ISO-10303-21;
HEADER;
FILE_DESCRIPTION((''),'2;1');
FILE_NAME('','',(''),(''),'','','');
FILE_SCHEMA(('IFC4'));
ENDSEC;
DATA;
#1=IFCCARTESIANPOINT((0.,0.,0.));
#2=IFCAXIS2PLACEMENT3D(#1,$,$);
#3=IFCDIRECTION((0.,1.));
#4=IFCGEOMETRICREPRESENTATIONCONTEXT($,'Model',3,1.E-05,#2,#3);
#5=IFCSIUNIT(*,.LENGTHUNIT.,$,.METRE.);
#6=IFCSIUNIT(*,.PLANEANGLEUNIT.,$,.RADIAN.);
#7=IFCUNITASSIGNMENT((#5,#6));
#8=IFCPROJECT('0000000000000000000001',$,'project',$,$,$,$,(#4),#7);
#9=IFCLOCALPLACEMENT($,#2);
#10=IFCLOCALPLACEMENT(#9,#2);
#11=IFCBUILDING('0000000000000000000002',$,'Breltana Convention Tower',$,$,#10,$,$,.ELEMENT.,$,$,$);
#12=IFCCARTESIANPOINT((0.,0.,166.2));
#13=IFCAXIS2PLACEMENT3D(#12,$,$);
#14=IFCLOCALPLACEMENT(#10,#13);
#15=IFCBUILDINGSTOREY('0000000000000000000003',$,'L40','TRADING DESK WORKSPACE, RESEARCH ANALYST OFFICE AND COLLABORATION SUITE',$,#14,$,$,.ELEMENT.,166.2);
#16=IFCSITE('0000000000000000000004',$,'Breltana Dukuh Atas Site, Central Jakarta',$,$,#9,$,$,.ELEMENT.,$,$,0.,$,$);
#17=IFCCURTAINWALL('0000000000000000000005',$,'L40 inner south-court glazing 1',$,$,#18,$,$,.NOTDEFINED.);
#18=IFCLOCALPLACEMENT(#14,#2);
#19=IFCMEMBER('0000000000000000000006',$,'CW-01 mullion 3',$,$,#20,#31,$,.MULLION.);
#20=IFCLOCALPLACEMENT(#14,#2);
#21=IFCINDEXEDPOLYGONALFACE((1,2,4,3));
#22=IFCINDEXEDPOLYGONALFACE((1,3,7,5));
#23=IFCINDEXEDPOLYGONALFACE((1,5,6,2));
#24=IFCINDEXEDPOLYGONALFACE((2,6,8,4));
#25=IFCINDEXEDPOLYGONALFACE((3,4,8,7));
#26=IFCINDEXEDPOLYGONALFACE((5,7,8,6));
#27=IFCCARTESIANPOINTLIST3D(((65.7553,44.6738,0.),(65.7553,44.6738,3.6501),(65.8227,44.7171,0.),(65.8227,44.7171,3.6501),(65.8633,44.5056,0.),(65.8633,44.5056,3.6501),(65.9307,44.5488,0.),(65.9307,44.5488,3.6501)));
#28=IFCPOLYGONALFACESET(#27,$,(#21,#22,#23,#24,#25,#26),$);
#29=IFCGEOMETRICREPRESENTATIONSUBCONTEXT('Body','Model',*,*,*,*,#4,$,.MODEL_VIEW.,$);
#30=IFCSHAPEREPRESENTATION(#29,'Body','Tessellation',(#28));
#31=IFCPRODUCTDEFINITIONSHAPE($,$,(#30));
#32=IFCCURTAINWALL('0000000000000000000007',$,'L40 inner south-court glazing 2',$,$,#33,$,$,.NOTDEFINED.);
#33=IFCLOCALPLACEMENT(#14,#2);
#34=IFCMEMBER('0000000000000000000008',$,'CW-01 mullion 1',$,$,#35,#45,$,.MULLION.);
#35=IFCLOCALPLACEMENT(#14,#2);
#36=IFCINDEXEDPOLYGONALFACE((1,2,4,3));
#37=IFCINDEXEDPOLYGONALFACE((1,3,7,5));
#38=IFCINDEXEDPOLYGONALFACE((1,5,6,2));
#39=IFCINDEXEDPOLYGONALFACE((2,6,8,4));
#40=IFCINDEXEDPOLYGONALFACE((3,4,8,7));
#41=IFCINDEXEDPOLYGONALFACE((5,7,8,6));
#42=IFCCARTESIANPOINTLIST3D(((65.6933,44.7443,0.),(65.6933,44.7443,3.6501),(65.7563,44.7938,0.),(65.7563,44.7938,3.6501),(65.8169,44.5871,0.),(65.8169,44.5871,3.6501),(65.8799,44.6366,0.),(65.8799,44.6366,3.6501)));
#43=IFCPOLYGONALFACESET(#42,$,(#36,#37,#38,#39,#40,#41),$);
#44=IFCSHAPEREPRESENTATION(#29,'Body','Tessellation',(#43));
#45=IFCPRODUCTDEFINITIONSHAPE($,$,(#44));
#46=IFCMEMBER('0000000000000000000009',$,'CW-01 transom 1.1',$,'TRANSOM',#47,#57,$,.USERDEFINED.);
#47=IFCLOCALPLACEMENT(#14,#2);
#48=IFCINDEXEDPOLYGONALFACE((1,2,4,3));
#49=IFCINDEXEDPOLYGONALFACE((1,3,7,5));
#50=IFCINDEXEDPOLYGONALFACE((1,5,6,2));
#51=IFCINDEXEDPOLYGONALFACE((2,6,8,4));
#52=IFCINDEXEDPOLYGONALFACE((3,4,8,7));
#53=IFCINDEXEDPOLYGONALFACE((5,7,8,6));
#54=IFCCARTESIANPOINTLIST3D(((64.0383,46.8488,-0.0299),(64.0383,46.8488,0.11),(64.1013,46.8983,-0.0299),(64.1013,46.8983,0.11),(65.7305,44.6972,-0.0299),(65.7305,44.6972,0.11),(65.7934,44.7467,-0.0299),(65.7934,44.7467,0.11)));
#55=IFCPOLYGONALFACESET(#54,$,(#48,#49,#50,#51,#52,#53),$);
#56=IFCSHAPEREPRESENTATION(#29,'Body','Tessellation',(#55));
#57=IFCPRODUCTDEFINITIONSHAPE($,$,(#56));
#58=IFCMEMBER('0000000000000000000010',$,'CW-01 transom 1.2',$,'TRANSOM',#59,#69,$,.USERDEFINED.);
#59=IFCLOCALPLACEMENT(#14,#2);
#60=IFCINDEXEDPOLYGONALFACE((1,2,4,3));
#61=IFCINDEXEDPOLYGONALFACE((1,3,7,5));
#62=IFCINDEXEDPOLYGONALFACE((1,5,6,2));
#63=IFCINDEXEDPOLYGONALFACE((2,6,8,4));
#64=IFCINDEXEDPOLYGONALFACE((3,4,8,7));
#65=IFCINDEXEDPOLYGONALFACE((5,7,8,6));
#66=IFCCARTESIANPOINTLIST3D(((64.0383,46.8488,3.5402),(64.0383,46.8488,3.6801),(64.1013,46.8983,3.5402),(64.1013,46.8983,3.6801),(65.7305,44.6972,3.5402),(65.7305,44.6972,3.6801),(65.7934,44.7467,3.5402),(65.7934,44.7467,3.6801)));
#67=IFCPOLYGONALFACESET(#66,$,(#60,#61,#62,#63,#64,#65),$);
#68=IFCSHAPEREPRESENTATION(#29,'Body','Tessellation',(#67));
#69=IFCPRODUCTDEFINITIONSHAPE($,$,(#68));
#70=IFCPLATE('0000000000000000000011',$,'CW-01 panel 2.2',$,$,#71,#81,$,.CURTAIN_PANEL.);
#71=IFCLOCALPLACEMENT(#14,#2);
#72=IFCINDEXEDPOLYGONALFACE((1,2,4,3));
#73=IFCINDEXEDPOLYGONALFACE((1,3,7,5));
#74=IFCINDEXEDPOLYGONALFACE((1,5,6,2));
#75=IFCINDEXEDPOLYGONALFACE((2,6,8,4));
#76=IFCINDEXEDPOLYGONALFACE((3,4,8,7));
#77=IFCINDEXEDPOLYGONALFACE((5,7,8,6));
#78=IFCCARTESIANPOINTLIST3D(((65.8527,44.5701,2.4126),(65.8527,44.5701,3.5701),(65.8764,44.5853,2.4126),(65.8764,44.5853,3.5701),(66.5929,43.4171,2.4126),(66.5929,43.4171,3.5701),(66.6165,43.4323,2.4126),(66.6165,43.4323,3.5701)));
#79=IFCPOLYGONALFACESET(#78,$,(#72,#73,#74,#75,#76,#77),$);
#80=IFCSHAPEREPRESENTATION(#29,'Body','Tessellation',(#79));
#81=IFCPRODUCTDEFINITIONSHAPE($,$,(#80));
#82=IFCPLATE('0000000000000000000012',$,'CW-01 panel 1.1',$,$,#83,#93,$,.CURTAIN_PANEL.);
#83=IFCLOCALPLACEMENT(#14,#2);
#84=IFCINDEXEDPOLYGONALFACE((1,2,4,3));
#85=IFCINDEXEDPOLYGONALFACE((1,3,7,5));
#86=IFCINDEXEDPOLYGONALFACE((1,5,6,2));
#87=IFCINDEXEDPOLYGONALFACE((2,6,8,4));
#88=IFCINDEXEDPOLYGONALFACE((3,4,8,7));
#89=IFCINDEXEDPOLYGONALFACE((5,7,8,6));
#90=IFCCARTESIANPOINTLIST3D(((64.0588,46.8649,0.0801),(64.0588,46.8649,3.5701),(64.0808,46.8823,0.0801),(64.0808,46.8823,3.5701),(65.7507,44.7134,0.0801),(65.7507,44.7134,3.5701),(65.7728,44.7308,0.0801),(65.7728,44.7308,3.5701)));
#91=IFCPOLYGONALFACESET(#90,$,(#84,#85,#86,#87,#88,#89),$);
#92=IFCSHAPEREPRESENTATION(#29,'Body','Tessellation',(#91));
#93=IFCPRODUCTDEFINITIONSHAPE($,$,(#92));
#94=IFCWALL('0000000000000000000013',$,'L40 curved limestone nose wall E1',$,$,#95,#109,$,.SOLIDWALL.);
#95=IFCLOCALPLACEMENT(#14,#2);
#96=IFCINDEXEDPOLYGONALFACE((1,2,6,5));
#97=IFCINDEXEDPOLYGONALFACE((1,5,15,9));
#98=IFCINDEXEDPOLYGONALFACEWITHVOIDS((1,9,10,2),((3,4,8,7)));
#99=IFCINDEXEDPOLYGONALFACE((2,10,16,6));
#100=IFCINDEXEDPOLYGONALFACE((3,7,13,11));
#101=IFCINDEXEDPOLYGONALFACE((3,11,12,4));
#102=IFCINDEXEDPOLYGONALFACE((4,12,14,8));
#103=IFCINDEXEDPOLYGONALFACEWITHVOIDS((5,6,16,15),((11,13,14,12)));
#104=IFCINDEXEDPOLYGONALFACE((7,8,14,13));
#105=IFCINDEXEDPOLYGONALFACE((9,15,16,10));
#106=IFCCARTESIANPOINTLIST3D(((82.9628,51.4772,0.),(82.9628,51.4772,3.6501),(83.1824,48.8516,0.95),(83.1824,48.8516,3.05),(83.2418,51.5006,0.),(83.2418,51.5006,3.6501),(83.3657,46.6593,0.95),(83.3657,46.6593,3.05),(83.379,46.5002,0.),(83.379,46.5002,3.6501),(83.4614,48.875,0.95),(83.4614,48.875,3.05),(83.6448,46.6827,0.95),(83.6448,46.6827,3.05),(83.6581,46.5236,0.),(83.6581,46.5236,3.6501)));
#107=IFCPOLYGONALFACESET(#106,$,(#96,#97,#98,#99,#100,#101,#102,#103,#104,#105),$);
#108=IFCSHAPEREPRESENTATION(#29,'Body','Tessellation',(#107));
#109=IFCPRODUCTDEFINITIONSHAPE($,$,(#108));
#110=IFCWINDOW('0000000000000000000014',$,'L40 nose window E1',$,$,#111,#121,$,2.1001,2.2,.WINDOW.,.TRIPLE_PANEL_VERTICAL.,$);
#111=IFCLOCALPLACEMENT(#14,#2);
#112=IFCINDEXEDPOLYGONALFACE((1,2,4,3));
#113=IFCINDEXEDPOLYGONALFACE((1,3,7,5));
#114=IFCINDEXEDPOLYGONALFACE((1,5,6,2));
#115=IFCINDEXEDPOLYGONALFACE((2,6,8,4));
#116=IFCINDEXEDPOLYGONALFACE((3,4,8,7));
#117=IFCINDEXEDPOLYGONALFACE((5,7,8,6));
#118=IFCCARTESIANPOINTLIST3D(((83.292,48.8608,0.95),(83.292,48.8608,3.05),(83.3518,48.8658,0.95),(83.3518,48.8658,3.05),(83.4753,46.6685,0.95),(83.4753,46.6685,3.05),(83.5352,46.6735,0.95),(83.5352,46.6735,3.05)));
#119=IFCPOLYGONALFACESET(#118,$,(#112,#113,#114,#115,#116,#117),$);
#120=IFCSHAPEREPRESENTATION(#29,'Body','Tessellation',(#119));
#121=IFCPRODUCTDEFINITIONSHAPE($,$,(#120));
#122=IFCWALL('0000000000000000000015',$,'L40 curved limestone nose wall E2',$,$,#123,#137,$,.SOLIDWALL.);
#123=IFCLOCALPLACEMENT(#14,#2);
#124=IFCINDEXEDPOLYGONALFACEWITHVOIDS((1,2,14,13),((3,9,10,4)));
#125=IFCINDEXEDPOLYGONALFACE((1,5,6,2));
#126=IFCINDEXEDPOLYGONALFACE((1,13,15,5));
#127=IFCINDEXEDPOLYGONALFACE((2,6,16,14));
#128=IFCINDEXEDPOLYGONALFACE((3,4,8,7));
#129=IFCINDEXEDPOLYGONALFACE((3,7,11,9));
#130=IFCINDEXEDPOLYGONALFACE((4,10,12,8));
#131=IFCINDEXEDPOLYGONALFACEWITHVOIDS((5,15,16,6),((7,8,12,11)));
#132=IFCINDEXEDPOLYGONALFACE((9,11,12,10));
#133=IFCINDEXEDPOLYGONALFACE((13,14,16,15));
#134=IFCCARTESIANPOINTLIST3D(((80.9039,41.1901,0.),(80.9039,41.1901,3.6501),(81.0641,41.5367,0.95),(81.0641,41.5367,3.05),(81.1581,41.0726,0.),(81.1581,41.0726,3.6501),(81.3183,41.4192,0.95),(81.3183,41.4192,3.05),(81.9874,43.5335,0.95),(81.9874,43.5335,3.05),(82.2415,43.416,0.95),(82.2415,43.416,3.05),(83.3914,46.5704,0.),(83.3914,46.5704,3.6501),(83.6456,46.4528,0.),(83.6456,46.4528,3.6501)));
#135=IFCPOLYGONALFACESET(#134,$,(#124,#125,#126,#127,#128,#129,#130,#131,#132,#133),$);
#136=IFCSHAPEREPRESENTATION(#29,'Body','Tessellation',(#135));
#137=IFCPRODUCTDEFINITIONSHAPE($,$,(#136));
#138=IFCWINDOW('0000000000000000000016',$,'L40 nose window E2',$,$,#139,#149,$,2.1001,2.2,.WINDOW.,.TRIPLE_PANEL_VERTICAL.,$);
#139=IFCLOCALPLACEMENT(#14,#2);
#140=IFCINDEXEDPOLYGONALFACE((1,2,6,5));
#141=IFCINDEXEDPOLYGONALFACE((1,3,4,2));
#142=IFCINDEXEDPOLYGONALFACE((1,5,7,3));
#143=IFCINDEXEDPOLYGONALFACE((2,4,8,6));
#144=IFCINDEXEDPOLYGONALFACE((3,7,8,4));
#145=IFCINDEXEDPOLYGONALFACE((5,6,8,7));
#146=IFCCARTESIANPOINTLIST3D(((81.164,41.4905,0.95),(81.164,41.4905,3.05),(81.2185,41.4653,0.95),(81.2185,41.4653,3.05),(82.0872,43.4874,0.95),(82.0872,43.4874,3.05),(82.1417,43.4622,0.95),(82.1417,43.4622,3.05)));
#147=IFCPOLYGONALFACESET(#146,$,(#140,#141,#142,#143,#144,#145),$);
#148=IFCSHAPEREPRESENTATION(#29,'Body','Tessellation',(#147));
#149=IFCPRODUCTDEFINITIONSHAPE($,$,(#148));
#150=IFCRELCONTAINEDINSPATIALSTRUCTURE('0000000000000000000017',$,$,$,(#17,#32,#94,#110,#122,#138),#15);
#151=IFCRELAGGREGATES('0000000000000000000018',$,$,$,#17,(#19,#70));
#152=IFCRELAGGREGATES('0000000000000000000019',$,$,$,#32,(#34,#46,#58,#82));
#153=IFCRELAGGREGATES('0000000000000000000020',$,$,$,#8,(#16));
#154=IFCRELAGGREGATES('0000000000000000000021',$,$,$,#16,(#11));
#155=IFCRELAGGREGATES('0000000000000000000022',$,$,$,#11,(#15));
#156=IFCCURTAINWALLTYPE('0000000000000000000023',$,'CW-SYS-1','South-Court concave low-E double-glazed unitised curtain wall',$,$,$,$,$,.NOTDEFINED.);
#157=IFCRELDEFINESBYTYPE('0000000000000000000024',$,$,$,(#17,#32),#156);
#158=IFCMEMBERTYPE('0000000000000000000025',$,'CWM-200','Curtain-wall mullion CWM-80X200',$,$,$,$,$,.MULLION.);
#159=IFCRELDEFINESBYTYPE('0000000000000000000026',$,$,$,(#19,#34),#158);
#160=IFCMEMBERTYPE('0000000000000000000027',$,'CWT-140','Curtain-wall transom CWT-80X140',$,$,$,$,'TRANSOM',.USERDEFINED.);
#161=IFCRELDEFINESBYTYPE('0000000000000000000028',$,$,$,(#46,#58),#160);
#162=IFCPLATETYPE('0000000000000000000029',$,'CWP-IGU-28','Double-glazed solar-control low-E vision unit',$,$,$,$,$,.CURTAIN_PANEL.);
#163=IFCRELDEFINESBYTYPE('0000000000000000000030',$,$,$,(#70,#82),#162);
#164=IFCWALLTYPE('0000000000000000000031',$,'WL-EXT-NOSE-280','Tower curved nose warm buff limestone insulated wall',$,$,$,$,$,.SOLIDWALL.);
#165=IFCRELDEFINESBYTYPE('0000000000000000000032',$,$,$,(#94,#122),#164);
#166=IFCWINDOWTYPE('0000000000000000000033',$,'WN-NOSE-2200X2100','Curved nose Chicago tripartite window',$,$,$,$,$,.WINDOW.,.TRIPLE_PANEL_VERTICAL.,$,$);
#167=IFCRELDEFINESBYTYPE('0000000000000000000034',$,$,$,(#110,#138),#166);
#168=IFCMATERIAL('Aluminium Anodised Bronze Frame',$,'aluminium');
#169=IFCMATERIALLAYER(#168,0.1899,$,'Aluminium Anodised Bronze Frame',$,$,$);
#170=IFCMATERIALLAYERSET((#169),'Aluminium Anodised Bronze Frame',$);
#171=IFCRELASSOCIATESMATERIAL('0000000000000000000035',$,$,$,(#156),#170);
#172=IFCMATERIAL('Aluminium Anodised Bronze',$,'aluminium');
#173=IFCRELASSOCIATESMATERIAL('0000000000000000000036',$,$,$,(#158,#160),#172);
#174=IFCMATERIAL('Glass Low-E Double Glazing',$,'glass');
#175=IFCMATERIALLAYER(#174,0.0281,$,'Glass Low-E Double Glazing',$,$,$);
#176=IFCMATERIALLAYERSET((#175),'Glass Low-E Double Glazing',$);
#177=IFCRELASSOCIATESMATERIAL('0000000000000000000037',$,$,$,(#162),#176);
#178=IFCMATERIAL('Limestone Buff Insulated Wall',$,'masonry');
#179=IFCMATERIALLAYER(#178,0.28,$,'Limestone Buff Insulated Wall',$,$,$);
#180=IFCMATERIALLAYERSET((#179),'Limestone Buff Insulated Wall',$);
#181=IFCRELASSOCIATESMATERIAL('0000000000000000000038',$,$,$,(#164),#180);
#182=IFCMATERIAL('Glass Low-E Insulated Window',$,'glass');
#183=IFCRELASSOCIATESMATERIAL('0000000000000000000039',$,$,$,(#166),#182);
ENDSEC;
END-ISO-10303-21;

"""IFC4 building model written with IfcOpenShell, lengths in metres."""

from ifc_helpers import new_model, si_unit, direction, frame, frame_2d, origin, origin_2d, place, context, subcontext, project, spatial, rectangle, extrude, source, transform, mapped, material, layer, layer_set, material_profile, profile_set, type_object, type_shapes, element, fill, aggregate, save


model = new_model("IFC4")

# Units and contexts
model_context = context("Model", 3, precision=1e-05, world=origin(), true_north=direction((0.0, 1.0)))
body_context = subcontext(model_context, "Body", "Model", "MODEL_VIEW")
ifc_project = project(units=[si_unit("LENGTHUNIT", "METRE"), si_unit("PLANEANGLEUNIT", "RADIAN")], contexts=[model_context])

# Site, building, storey
site_placement = place(None, origin())
site = spatial("IfcSite", under=ifc_project, at=site_placement, Name="Breltana Dukuh Atas Site, Central Jakarta", CompositionType="ELEMENT", RefElevation=0.0)
building_placement = place(site_placement, origin())
building = spatial("IfcBuilding", under=site, at=building_placement, Name="Breltana Convention Tower", CompositionType="ELEMENT")
storey_placement = place(building_placement, frame((0.0, 0.0, 166.2)))
storey = spatial("IfcBuildingStorey", under=building, at=storey_placement, Name="L40", Description="TRADING DESK WORKSPACE, RESEARCH ANALYST OFFICE AND COLLABORATION SUITE", CompositionType="ELEMENT", Elevation=166.2)

# Curtain wall, member
ifc_material_1 = material(Name="Aluminium Anodised Bronze Frame", Category="aluminium")
ifc_layer_1 = layer(ifc_material_1, 0.1899, Name="Aluminium Anodised Bronze Frame")
ifc_layer_set_1 = layer_set([ifc_layer_1], Name="Aluminium Anodised Bronze Frame")
curtain_wall_type = type_object("IfcCurtainWallType", Name="CW-SYS-1", Description="South-Court concave low-E double-glazed unitised curtain wall", PredefinedType="NOTDEFINED", material=ifc_layer_set_1)
curtain_wall_1_placement = place(storey_placement, origin())
curtain_wall_1 = element("IfcCurtainWall", 1, at=curtain_wall_1_placement, inside=storey, type_object=curtain_wall_type, Name="L40 inner south-court glazing 1", PredefinedType="NOTDEFINED")
ifc_material_2 = material(Name="Aluminium Anodised Bronze", Category="aluminium")
ifc_material_profile_1 = material_profile(ifc_material_2, rectangle(XDim=0.0801, YDim=0.2, at=origin_2d()), Name="CWM-80X200")
ifc_profile_set_1 = profile_set([ifc_material_profile_1], Name="Aluminium Anodised Bronze")
member_type_1 = type_object("IfcMemberType", Name="CWM-200", Description="Curtain-wall mullion CWM-80X200", PredefinedType="MULLION", material=ifc_profile_set_1)
shared_shape_1 = source(origin(), body_context, "Body", "SweptSolid", [
    extrude(rectangle(XDim=0.0801, YDim=0.2, at=origin_2d()), origin(), (0.0, 0.0, 1.0), 3.6501),
])
member_1_placement = place(storey_placement, frame((65.843, 44.6113, 0.0), z_axis=(0.0, 0.0, 1.0), x_axis=(-0.841547, -0.540184, 0.0)))
member_1 = element("IfcMember", 2, at=member_1_placement, type_object=member_type_1, Name="CW-01 mullion 3", PredefinedType="MULLION", context=body_context, shape_type="MappedRepresentation", body=[
    mapped(shared_shape_1, transform((0.0, 0.0, 0.0), scale=1.0)),
])

# Curtain wall, members
curtain_wall_2_placement = place(storey_placement, origin())
curtain_wall_2 = element("IfcCurtainWall", 3, at=curtain_wall_2_placement, inside=storey, type_object=curtain_wall_type, Name="L40 inner south-court glazing 2", PredefinedType="NOTDEFINED")
member_2_placement = place(storey_placement, frame((65.7866, 44.6904, 0.0), z_axis=(0.0, 0.0, 1.0), x_axis=(-0.786051, -0.618161, 0.0)))
member_2 = element("IfcMember", 4, at=member_2_placement, type_object=member_type_1, Name="CW-01 mullion 1", PredefinedType="MULLION", context=body_context, shape_type="MappedRepresentation", body=[
    mapped(shared_shape_1, transform((0.0, 0.0, 0.0), scale=1.0)),
])
ifc_material_profile_2 = material_profile(ifc_material_2, rectangle(XDim=0.0801, YDim=0.1399, at=origin_2d()), Name="CWT-80X140")
ifc_profile_set_2 = profile_set([ifc_material_profile_2], Name="Aluminium Anodised Bronze")
member_type_2 = type_object("IfcMemberType", Name="CWT-140", Description="Curtain-wall transom CWT-80X140", ElementType="TRANSOM", PredefinedType="USERDEFINED", material=ifc_profile_set_2)
shared_shape_2 = source(origin(), body_context, "Body", "SweptSolid", [
    extrude(rectangle(XDim=0.0801, YDim=0.1399, at=origin_2d()), origin(), (0.0, 0.0, 1.0), 2.7373),
])
member_3_placement = place(storey_placement, frame((65.762, 44.7219, 0.04), z_axis=(-0.61818, 0.786037, 0.0), x_axis=(-0.786037, -0.61818, 0.0)))
member_3 = element("IfcMember", 5, at=member_3_placement, type_object=member_type_2, Name="CW-01 transom 1.1", ObjectType="TRANSOM", PredefinedType="USERDEFINED", context=body_context, shape_type="MappedRepresentation", body=[
    mapped(shared_shape_2, transform((0.0, 0.0, 0.0), scale=1.0)),
])
member_4_placement = place(storey_placement, frame((65.762, 44.7219, 3.6101), z_axis=(-0.61818, 0.786037, 0.0), x_axis=(-0.786037, -0.61818, 0.0)))
member_4 = element("IfcMember", 6, at=member_4_placement, type_object=member_type_2, Name="CW-01 transom 1.2", ObjectType="TRANSOM", PredefinedType="USERDEFINED", context=body_context, shape_type="MappedRepresentation", body=[
    mapped(shared_shape_2, transform((0.0, 0.0, 0.0), scale=1.0)),
])

# Plates
ifc_material_3 = material(Name="Glass Low-E Double Glazing", Category="glass")
ifc_layer_2 = layer(ifc_material_3, 0.0281, Name="Glass Low-E Double Glazing")
ifc_layer_set_2 = layer_set([ifc_layer_2], Name="Glass Low-E Double Glazing")
plate_type = type_object("IfcPlateType", Name="CWP-IGU-28", Description="Double-glazed solar-control low-E vision unit", PredefinedType="CURTAIN_PANEL", material=ifc_layer_set_2)
shared_shape_3 = source(origin(), body_context, "Body", "SweptSolid", [
    extrude(rectangle(XDim=1.3701, YDim=0.0281, at=origin_2d()), origin(), (0.0, 0.0, 1.0), 1.1575),
])
plate_1_placement = place(storey_placement, frame((66.2346, 44.0012, 2.4126), z_axis=(0.0, 0.0, 1.0), x_axis=(-0.540184, 0.841547, 0.0)))
plate_1 = element("IfcPlate", 7, at=plate_1_placement, type_object=plate_type, Name="CW-01 panel 2.2", PredefinedType="CURTAIN_PANEL", context=body_context, shape_type="MappedRepresentation", body=[
    mapped(shared_shape_3, transform((0.0, 0.0, 0.0), scale=1.0)),
])
aggregate(curtain_wall_1, [member_1, plate_1])
shared_shape_4 = source(origin(), body_context, "Body", "SweptSolid", [
    extrude(rectangle(XDim=2.7371, YDim=0.0281, at=origin_2d()), origin(), (0.0, 0.0, 1.0), 3.49),
])
plate_2_placement = place(storey_placement, frame((64.9158, 45.7979, 0.0801), z_axis=(0.0, 0.0, 1.0), x_axis=(-0.618161, 0.786051, 0.0)))
plate_2 = element("IfcPlate", 8, at=plate_2_placement, type_object=plate_type, Name="CW-01 panel 1.1", PredefinedType="CURTAIN_PANEL", context=body_context, shape_type="MappedRepresentation", body=[
    mapped(shared_shape_4, transform((0.0, 0.0, 0.0), scale=1.0)),
])
aggregate(curtain_wall_2, [member_2, member_3, member_4, plate_2])

# Walls, openings, windows
ifc_material_4 = material(Name="Limestone Buff Insulated Wall", Category="masonry")
ifc_layer_3 = layer(ifc_material_4, 0.28, Name="Limestone Buff Insulated Wall")
ifc_layer_set_3 = layer_set([ifc_layer_3], Name="Limestone Buff Insulated Wall")
wall_type = type_object("IfcWallType", Name="WL-EXT-NOSE-280", Description="Tower curved nose warm buff limestone insulated wall", PredefinedType="SOLIDWALL", material=ifc_layer_set_3)
shared_shape_5 = source(origin(), body_context, "Body", "SweptSolid", [
    extrude(rectangle(XDim=4.9944, YDim=0.28, at=frame_2d((2.4971, 0.0))), origin(), (0.0, 0.0, 1.0), 3.6501),
])
wall_1_placement = place(storey_placement, frame((83.1023, 51.4888, 0.0), z_axis=(0.0, 0.0, 1.0), x_axis=(0.083345, -0.996521, 0.0)))
wall_1 = element("IfcWall", 9, at=wall_1_placement, inside=storey, type_object=wall_type, Name="L40 curved limestone nose wall E1", PredefinedType="SOLIDWALL", context=body_context, shape_type="MappedRepresentation", body=[
    mapped(shared_shape_5, transform((0.0, 0.0, 0.0), scale=1.0)),
])
opening_1_placement = place(wall_1_placement, frame((2.6345, 0.0, 0.95)))
opening_1 = element("IfcOpeningElement", 10, at=opening_1_placement, cuts=wall_1, PredefinedType="OPENING", context=body_context, shape_type="SweptSolid", body=[
    extrude(rectangle(XDim=2.2, YDim=2.1001, at=frame_2d((1.1001, 1.05))), frame((0.0, 0.1499, 0.0), z_axis=(0.0, -1.0, 0.0), x_axis=(1.0, 0.0, 0.0)), (0.0, 0.0, 1.0), 0.3),
])
ifc_material_5 = material(Name="Glass Low-E Insulated Window", Category="glass")
window_type = type_object("IfcWindowType", Name="WN-NOSE-2200X2100", Description="Curved nose Chicago tripartite window", PartitioningType="TRIPLE_PANEL_VERTICAL", PredefinedType="WINDOW", material=ifc_material_5)
shared_shape_6 = source(origin(), body_context, "Body", "SweptSolid", [
    extrude(rectangle(XDim=2.2, YDim=2.1001, at=frame_2d((1.1001, 1.05))), frame((0.0, 0.03, 0.0), z_axis=(0.0, -1.0, 0.0), x_axis=(1.0, 0.0, 0.0)), (0.0, 0.0, 1.0), 0.0601),
])
type_shapes(window_type, [shared_shape_6])
window_1_placement = place(opening_1_placement, origin())
window_1 = element("IfcWindow", 11, at=window_1_placement, inside=storey, type_object=window_type, Name="L40 nose window E1", OverallHeight=2.1001, OverallWidth=2.2, PartitioningType="TRIPLE_PANEL_VERTICAL", PredefinedType="WINDOW", context=body_context, shape_type="MappedRepresentation", body=[
    mapped(shared_shape_6, transform((0.0, 0.0, 0.0), scale=1.0)),
])
fill(opening_1, window_1)
shared_shape_7 = source(origin(), body_context, "Body", "SweptSolid", [
    extrude(rectangle(XDim=5.9275, YDim=0.28, at=frame_2d((2.9639, 0.0))), origin(), (0.0, 0.0, 1.0), 3.6501),
])
wall_2_placement = place(storey_placement, frame((83.5186, 46.5117, 0.0), z_axis=(0.0, 0.0, 1.0), x_axis=(-0.419656, -0.907683, 0.0)))
wall_2 = element("IfcWall", 12, at=wall_2_placement, inside=storey, type_object=wall_type, Name="L40 curved limestone nose wall E2", PredefinedType="SOLIDWALL", context=body_context, shape_type="MappedRepresentation", body=[
    mapped(shared_shape_7, transform((0.0, 0.0, 0.0), scale=1.0)),
])
opening_2_placement = place(wall_2_placement, frame((3.3457, 0.0, 0.95)))
opening_2 = element("IfcOpeningElement", 13, at=opening_2_placement, cuts=wall_2, PredefinedType="OPENING", context=body_context, shape_type="SweptSolid", body=[
    extrude(rectangle(XDim=2.2, YDim=2.1001, at=frame_2d((1.1001, 1.05))), frame((0.0, 0.1499, 0.0), z_axis=(0.0, -1.0, 0.0), x_axis=(1.0, 0.0, 0.0)), (0.0, 0.0, 1.0), 0.3),
])
window_2_placement = place(opening_2_placement, origin())
window_2 = element("IfcWindow", 14, at=window_2_placement, inside=storey, type_object=window_type, Name="L40 nose window E2", OverallHeight=2.1001, OverallWidth=2.2, PartitioningType="TRIPLE_PANEL_VERTICAL", PredefinedType="WINDOW", context=body_context, shape_type="MappedRepresentation", body=[
    mapped(shared_shape_6, transform((0.0, 0.0, 0.0), scale=1.0)),
])
fill(opening_2, window_2)

save(model, "model.ifc")
